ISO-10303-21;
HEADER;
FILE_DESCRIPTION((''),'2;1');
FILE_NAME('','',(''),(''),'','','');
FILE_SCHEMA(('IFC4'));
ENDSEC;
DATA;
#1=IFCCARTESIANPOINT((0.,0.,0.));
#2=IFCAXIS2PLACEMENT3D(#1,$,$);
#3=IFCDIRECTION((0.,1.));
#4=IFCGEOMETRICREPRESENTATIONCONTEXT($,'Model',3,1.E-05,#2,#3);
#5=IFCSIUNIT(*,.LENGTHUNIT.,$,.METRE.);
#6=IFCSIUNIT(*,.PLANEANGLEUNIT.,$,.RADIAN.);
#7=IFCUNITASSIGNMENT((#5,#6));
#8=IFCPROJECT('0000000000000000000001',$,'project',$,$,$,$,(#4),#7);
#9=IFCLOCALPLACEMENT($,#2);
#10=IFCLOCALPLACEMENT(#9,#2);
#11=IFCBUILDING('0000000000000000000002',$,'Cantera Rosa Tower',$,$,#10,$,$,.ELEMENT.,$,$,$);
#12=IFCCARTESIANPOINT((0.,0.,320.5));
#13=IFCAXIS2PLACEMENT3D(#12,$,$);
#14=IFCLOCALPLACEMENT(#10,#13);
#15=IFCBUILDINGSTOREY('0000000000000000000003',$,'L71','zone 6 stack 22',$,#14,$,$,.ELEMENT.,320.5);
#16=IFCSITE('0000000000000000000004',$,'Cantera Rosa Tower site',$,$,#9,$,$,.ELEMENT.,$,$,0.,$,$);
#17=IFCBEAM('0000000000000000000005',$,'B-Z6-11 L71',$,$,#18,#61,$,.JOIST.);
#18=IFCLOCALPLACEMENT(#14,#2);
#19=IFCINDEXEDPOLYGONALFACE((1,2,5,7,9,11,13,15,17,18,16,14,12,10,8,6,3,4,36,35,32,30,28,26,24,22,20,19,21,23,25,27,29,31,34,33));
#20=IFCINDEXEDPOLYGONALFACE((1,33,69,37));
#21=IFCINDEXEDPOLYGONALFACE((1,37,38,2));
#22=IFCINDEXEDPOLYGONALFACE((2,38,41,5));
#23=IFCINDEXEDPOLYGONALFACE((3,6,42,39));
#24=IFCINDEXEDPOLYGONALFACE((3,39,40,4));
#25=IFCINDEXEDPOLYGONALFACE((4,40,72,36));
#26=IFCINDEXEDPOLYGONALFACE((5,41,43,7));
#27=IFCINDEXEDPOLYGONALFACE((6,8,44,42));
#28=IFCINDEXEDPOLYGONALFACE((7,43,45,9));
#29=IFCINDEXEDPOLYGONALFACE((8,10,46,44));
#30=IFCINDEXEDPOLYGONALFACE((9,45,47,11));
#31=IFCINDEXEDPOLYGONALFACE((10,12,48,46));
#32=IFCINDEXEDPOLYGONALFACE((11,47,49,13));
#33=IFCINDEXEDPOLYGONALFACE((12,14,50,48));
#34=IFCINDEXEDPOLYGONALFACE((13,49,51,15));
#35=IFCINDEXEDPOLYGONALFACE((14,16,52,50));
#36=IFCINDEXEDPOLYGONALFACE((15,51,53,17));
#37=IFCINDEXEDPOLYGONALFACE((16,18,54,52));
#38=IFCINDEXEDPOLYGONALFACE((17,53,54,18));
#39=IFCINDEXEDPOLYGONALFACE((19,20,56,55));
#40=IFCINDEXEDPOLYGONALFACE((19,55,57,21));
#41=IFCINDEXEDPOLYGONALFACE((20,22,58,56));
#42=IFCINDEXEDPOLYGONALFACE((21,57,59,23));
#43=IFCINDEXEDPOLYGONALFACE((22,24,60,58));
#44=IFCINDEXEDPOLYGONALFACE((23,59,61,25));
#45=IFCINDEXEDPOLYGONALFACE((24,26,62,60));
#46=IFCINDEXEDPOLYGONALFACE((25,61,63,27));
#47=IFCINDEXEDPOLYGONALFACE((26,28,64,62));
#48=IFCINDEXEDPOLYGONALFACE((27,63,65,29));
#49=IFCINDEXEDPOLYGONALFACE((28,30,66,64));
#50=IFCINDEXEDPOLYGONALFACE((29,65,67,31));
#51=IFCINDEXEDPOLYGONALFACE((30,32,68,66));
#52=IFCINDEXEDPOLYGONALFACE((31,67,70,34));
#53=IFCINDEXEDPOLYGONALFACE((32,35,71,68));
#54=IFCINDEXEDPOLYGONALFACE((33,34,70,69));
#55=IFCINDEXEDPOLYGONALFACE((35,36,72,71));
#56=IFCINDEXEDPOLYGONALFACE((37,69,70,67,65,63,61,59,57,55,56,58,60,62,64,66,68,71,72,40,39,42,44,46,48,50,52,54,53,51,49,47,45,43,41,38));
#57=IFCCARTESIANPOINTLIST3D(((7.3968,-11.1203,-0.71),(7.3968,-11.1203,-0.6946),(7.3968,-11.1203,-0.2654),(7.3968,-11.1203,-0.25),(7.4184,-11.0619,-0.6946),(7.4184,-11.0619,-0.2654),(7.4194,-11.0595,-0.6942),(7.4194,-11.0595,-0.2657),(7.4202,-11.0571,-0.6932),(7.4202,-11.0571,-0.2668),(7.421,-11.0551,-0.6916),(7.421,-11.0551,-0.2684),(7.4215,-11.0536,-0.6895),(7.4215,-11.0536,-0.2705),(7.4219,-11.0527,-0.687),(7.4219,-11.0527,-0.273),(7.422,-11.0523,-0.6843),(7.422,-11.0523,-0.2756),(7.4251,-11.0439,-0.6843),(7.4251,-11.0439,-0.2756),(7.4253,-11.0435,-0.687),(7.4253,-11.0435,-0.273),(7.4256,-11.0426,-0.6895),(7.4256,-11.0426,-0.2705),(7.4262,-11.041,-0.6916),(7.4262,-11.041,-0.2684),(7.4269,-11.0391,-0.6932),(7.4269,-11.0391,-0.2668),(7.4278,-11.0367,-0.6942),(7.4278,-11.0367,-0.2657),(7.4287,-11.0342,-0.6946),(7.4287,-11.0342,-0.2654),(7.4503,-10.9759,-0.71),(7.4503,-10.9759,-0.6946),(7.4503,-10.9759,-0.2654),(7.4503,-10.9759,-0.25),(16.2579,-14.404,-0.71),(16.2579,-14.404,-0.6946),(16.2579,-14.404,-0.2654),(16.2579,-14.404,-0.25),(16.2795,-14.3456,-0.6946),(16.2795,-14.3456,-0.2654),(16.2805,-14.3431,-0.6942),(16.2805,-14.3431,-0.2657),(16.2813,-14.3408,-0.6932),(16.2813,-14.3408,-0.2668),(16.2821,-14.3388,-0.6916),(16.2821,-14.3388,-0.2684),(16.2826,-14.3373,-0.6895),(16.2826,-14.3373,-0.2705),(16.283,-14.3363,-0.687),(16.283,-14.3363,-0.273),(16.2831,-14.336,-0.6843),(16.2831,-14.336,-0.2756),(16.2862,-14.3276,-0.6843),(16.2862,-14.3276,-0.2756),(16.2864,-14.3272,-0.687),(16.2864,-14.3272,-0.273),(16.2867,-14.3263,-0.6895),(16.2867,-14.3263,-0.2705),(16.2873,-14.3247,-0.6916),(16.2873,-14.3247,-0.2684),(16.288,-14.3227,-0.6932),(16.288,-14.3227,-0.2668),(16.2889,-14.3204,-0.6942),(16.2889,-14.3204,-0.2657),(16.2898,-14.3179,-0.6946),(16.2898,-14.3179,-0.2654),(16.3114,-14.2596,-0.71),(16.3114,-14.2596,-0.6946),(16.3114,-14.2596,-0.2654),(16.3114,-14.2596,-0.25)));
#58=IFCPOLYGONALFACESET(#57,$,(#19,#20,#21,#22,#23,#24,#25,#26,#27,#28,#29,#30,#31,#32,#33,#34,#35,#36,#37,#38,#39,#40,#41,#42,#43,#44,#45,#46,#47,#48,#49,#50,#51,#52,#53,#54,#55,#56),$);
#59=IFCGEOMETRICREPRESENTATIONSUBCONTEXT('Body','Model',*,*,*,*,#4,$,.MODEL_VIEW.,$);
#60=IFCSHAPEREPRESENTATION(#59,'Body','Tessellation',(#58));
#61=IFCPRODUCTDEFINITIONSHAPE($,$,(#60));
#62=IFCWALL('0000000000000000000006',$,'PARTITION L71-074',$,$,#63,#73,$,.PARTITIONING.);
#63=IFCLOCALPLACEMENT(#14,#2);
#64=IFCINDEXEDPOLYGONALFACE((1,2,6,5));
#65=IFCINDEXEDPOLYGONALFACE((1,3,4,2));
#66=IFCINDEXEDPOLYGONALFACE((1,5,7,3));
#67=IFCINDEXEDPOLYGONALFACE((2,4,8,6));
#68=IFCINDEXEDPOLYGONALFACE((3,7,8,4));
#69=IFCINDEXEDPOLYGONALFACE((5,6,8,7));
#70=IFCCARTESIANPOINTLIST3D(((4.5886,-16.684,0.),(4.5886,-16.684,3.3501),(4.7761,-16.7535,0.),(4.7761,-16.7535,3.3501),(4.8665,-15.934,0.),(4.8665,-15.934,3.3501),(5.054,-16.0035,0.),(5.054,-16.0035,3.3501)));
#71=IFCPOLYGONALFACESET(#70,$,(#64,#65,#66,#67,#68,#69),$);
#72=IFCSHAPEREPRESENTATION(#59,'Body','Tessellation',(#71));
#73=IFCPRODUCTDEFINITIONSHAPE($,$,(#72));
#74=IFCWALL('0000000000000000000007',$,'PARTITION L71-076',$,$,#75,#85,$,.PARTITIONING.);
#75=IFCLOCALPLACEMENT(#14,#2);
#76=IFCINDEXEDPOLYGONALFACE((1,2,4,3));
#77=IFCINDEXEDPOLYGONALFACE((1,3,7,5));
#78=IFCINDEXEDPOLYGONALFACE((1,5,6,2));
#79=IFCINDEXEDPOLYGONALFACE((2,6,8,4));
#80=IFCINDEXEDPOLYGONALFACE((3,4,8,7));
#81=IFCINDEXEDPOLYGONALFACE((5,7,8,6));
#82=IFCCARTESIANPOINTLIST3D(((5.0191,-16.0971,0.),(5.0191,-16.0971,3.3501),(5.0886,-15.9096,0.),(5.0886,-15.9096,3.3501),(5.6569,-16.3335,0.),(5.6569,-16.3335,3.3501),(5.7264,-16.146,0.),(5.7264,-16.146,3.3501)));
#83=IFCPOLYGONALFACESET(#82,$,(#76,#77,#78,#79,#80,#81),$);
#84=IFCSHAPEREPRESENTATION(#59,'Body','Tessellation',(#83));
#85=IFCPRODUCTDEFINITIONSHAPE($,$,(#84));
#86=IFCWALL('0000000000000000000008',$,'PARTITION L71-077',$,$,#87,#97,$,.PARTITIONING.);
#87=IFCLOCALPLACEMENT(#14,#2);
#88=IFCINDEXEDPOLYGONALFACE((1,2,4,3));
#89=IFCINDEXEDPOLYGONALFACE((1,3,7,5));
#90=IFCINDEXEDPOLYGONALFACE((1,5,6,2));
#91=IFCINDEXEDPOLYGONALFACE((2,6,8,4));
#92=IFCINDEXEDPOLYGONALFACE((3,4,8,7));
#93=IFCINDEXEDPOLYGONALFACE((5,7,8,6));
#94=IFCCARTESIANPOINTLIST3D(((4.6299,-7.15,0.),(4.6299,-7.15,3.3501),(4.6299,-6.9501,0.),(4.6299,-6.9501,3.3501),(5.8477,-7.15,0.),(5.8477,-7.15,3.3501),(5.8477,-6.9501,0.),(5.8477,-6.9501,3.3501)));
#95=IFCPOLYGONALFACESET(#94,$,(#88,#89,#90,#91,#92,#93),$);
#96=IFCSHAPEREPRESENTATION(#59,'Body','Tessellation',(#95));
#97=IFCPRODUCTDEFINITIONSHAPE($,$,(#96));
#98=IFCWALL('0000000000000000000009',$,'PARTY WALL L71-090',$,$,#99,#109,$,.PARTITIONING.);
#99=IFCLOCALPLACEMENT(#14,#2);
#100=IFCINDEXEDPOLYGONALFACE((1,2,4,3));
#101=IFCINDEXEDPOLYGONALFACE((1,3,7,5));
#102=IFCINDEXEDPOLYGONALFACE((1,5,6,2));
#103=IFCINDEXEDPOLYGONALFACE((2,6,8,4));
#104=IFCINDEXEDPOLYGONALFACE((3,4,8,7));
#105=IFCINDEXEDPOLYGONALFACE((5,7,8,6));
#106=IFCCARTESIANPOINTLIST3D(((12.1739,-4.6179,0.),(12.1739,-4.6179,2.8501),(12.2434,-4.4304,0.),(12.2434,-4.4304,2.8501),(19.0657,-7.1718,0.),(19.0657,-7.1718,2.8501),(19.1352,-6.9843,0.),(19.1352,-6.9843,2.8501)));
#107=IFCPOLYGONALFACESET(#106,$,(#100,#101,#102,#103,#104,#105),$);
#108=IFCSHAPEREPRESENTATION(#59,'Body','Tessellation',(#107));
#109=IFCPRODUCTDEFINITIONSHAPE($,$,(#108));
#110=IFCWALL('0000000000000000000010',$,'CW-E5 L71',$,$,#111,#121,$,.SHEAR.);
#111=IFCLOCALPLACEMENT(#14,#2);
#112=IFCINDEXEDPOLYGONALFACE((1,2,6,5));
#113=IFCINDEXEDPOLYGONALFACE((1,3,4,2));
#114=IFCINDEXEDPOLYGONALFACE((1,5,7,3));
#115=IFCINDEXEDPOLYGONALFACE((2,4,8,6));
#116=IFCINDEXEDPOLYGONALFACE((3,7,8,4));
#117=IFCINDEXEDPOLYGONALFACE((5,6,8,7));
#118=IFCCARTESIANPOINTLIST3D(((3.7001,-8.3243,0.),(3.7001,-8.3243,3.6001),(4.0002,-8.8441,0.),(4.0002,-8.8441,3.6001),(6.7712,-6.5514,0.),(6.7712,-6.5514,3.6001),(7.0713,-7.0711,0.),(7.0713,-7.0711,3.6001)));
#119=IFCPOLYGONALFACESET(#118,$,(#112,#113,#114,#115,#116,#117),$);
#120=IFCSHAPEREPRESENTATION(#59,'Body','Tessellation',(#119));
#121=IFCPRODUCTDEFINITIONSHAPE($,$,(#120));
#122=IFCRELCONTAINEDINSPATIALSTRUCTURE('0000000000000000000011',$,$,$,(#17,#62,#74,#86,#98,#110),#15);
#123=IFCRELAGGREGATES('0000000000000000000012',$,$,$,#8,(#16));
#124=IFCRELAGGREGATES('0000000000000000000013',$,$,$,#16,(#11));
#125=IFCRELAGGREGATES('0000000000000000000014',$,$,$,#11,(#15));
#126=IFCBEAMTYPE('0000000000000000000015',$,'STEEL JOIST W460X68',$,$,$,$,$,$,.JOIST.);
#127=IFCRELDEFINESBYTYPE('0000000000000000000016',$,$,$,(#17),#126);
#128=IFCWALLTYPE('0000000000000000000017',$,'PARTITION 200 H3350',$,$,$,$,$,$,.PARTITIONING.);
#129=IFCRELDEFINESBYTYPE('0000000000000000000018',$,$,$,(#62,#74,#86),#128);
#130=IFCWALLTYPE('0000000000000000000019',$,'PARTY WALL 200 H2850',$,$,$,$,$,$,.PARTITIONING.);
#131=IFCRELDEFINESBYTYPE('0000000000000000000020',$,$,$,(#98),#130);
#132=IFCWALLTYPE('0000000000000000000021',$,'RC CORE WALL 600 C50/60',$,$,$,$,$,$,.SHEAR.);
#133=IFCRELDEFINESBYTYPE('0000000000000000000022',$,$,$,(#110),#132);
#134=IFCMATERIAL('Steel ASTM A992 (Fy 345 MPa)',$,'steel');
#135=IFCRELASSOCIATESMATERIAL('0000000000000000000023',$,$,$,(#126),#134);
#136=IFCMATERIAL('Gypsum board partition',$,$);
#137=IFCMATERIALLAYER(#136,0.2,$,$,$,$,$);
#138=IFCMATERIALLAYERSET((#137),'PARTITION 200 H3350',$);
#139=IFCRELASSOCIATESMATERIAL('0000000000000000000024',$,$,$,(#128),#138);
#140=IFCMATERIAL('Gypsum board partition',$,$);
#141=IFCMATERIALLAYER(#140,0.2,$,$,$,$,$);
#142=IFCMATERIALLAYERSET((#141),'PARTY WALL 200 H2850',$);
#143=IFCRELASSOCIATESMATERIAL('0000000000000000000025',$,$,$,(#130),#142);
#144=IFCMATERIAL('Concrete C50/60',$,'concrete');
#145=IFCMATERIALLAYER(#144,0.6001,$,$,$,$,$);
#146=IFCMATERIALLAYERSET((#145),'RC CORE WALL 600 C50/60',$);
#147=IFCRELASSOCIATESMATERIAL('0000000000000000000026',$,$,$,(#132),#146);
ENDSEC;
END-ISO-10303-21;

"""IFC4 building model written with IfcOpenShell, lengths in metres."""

from ifc_helpers import new_model, si_unit, direction, frame, frame_2d, origin, origin_2d, place, context, subcontext, project, spatial, rectangle, i_section, extrude, material, layer, layer_set, material_profile, profile_set, type_object, element, save


model = new_model("IFC4")

# Units and contexts
model_context = context("Model", 3, precision=1e-05, world=origin(), true_north=direction((0.0, 1.0)))
body_context = subcontext(model_context, "Body", "Model", "MODEL_VIEW")
ifc_project = project(units=[si_unit("LENGTHUNIT", "METRE"), si_unit("PLANEANGLEUNIT", "RADIAN")], contexts=[model_context])

# Site, building, storey
site_placement = place(None, origin())
site = spatial("IfcSite", under=ifc_project, at=site_placement, Name="Cantera Rosa Tower site", CompositionType="ELEMENT", RefElevation=0.0)
building_placement = place(site_placement, origin())
building = spatial("IfcBuilding", under=site, at=building_placement, Name="Cantera Rosa Tower", CompositionType="ELEMENT")
storey_placement = place(building_placement, frame((0.0, 0.0, 320.5)))
storey = spatial("IfcBuildingStorey", under=building, at=storey_placement, Name="L71", Description="zone 6 stack 22", CompositionType="ELEMENT", Elevation=320.5)

# Beam
ifc_material_1 = material(Name="Steel ASTM A992 (Fy 345 MPa)", Category="steel")
ifc_material_profile_1 = material_profile(ifc_material_1, i_section(OverallWidth=0.1541, OverallDepth=0.46, WebThickness=0.009, FlangeThickness=0.0154, FilletRadius=0.0103, at=origin_2d()), Name="W460X68")
ifc_profile_set_1 = profile_set([ifc_material_profile_1], Name="Steel ASTM A992 (Fy 345 MPa)")
beam_type_1 = type_object("IfcBeamType", Name="STEEL JOIST W460X68", PredefinedType="JOIST", material=ifc_profile_set_1)
beam_1_placement = place(storey_placement, frame((16.2847, -14.3318, -0.48), z_axis=(-0.937686, 0.347483, 0.0), x_axis=(-0.347483, -0.937686, 0.0)))
element("IfcBeam", 1, at=beam_1_placement, inside=storey, type_object=beam_type_1, Name="B-Z6-11 L71", PredefinedType="JOIST", context=body_context, shape_type="SweptSolid", body=[
    extrude(i_section(OverallWidth=0.1541, OverallDepth=0.46, WebThickness=0.009, FlangeThickness=0.0154, FilletRadius=0.0103, at=origin_2d()), origin(), (0.0, 0.0, 1.0), 9.45),
])

# Walls
ifc_material_2 = material(Name="Gypsum board partition")
ifc_layer_1 = layer(ifc_material_2, 0.2)
ifc_layer_set_1 = layer_set([ifc_layer_1], Name="PARTITION 200 H3350")
wall_type_1 = type_object("IfcWallType", Name="PARTITION 200 H3350", PredefinedType="PARTITIONING", material=ifc_layer_set_1)
wall_1_placement = place(storey_placement, frame((4.9602, -15.9688, 0.0), z_axis=(0.0, 0.0, 1.0), x_axis=(-0.347374, -0.937727, 0.0)))
element("IfcWall", 2, at=wall_1_placement, inside=storey, type_object=wall_type_1, Name="PARTITION L71-074", PredefinedType="PARTITIONING", context=body_context, shape_type="SweptSolid", body=[
    extrude(rectangle(XDim=0.7998, YDim=0.2, at=frame_2d((0.3999, 0.0))), origin(), (0.0, 0.0, 1.0), 3.3501),
])
wall_2_placement = place(storey_placement, frame((5.6917, -16.2397, 0.0), z_axis=(0.0, 0.0, 1.0), x_axis=(-0.937679, 0.347501, 0.0)))
element("IfcWall", 3, at=wall_2_placement, inside=storey, type_object=wall_type_1, Name="PARTITION L71-076", PredefinedType="PARTITIONING", context=body_context, shape_type="SweptSolid", body=[
    extrude(rectangle(XDim=0.6802, YDim=0.2, at=frame_2d((0.3401, 0.0))), origin(), (0.0, 0.0, 1.0), 3.3501),
])
wall_3_placement = place(storey_placement, frame((5.8477, -7.05, 0.0), z_axis=(0.0, 0.0, 1.0), x_axis=(-1.0, 0.0, 0.0)))
element("IfcWall", 4, at=wall_3_placement, inside=storey, type_object=wall_type_1, Name="PARTITION L71-077", PredefinedType="PARTITIONING", context=body_context, shape_type="SweptSolid", body=[
    extrude(rectangle(XDim=1.2178, YDim=0.2, at=frame_2d((0.6089, 0.0))), origin(), (0.0, 0.0, 1.0), 3.3501),
])
ifc_material_3 = material(Name="Gypsum board partition")
ifc_layer_2 = layer(ifc_material_3, 0.2)
ifc_layer_set_2 = layer_set([ifc_layer_2], Name="PARTY WALL 200 H2850")
wall_type_2 = type_object("IfcWallType", Name="PARTY WALL 200 H2850", PredefinedType="PARTITIONING", material=ifc_layer_set_2)
wall_4_placement = place(storey_placement, frame((12.2087, -4.5242, 0.0), z_axis=(0.0, 0.0, 1.0), x_axis=(0.937686, -0.347484, 0.0)))
element("IfcWall", 5, at=wall_4_placement, inside=storey, type_object=wall_type_2, Name="PARTY WALL L71-090", PredefinedType="PARTITIONING", context=body_context, shape_type="SweptSolid", body=[
    extrude(rectangle(XDim=7.3499, YDim=0.2, at=frame_2d((3.6748, 0.0))), origin(), (0.0, 0.0, 1.0), 2.8501),
])
ifc_material_4 = material(Name="Concrete C50/60", Category="concrete")
ifc_layer_3 = layer(ifc_material_4, 0.6001)
ifc_layer_set_3 = layer_set([ifc_layer_3], Name="RC CORE WALL 600 C50/60")
wall_type_3 = type_object("IfcWallType", Name="RC CORE WALL 600 C50/60", PredefinedType="SHEAR", material=ifc_layer_set_3)
wall_5_placement = place(storey_placement, frame((6.9211, -6.8113, 0.0), z_axis=(0.0, 0.0, 1.0), x_axis=(-0.86604, -0.499975, 0.0)))
element("IfcWall", 6, at=wall_5_placement, inside=storey, type_object=wall_type_3, Name="CW-E5 L71", PredefinedType="SHEAR", context=body_context, shape_type="SweptSolid", body=[
    extrude(rectangle(XDim=3.5461, YDim=0.6001, at=frame_2d((1.7729, 0.0))), origin(), (0.0, 0.0, 1.0), 3.6001),
])

save(model, "model.ifc")
